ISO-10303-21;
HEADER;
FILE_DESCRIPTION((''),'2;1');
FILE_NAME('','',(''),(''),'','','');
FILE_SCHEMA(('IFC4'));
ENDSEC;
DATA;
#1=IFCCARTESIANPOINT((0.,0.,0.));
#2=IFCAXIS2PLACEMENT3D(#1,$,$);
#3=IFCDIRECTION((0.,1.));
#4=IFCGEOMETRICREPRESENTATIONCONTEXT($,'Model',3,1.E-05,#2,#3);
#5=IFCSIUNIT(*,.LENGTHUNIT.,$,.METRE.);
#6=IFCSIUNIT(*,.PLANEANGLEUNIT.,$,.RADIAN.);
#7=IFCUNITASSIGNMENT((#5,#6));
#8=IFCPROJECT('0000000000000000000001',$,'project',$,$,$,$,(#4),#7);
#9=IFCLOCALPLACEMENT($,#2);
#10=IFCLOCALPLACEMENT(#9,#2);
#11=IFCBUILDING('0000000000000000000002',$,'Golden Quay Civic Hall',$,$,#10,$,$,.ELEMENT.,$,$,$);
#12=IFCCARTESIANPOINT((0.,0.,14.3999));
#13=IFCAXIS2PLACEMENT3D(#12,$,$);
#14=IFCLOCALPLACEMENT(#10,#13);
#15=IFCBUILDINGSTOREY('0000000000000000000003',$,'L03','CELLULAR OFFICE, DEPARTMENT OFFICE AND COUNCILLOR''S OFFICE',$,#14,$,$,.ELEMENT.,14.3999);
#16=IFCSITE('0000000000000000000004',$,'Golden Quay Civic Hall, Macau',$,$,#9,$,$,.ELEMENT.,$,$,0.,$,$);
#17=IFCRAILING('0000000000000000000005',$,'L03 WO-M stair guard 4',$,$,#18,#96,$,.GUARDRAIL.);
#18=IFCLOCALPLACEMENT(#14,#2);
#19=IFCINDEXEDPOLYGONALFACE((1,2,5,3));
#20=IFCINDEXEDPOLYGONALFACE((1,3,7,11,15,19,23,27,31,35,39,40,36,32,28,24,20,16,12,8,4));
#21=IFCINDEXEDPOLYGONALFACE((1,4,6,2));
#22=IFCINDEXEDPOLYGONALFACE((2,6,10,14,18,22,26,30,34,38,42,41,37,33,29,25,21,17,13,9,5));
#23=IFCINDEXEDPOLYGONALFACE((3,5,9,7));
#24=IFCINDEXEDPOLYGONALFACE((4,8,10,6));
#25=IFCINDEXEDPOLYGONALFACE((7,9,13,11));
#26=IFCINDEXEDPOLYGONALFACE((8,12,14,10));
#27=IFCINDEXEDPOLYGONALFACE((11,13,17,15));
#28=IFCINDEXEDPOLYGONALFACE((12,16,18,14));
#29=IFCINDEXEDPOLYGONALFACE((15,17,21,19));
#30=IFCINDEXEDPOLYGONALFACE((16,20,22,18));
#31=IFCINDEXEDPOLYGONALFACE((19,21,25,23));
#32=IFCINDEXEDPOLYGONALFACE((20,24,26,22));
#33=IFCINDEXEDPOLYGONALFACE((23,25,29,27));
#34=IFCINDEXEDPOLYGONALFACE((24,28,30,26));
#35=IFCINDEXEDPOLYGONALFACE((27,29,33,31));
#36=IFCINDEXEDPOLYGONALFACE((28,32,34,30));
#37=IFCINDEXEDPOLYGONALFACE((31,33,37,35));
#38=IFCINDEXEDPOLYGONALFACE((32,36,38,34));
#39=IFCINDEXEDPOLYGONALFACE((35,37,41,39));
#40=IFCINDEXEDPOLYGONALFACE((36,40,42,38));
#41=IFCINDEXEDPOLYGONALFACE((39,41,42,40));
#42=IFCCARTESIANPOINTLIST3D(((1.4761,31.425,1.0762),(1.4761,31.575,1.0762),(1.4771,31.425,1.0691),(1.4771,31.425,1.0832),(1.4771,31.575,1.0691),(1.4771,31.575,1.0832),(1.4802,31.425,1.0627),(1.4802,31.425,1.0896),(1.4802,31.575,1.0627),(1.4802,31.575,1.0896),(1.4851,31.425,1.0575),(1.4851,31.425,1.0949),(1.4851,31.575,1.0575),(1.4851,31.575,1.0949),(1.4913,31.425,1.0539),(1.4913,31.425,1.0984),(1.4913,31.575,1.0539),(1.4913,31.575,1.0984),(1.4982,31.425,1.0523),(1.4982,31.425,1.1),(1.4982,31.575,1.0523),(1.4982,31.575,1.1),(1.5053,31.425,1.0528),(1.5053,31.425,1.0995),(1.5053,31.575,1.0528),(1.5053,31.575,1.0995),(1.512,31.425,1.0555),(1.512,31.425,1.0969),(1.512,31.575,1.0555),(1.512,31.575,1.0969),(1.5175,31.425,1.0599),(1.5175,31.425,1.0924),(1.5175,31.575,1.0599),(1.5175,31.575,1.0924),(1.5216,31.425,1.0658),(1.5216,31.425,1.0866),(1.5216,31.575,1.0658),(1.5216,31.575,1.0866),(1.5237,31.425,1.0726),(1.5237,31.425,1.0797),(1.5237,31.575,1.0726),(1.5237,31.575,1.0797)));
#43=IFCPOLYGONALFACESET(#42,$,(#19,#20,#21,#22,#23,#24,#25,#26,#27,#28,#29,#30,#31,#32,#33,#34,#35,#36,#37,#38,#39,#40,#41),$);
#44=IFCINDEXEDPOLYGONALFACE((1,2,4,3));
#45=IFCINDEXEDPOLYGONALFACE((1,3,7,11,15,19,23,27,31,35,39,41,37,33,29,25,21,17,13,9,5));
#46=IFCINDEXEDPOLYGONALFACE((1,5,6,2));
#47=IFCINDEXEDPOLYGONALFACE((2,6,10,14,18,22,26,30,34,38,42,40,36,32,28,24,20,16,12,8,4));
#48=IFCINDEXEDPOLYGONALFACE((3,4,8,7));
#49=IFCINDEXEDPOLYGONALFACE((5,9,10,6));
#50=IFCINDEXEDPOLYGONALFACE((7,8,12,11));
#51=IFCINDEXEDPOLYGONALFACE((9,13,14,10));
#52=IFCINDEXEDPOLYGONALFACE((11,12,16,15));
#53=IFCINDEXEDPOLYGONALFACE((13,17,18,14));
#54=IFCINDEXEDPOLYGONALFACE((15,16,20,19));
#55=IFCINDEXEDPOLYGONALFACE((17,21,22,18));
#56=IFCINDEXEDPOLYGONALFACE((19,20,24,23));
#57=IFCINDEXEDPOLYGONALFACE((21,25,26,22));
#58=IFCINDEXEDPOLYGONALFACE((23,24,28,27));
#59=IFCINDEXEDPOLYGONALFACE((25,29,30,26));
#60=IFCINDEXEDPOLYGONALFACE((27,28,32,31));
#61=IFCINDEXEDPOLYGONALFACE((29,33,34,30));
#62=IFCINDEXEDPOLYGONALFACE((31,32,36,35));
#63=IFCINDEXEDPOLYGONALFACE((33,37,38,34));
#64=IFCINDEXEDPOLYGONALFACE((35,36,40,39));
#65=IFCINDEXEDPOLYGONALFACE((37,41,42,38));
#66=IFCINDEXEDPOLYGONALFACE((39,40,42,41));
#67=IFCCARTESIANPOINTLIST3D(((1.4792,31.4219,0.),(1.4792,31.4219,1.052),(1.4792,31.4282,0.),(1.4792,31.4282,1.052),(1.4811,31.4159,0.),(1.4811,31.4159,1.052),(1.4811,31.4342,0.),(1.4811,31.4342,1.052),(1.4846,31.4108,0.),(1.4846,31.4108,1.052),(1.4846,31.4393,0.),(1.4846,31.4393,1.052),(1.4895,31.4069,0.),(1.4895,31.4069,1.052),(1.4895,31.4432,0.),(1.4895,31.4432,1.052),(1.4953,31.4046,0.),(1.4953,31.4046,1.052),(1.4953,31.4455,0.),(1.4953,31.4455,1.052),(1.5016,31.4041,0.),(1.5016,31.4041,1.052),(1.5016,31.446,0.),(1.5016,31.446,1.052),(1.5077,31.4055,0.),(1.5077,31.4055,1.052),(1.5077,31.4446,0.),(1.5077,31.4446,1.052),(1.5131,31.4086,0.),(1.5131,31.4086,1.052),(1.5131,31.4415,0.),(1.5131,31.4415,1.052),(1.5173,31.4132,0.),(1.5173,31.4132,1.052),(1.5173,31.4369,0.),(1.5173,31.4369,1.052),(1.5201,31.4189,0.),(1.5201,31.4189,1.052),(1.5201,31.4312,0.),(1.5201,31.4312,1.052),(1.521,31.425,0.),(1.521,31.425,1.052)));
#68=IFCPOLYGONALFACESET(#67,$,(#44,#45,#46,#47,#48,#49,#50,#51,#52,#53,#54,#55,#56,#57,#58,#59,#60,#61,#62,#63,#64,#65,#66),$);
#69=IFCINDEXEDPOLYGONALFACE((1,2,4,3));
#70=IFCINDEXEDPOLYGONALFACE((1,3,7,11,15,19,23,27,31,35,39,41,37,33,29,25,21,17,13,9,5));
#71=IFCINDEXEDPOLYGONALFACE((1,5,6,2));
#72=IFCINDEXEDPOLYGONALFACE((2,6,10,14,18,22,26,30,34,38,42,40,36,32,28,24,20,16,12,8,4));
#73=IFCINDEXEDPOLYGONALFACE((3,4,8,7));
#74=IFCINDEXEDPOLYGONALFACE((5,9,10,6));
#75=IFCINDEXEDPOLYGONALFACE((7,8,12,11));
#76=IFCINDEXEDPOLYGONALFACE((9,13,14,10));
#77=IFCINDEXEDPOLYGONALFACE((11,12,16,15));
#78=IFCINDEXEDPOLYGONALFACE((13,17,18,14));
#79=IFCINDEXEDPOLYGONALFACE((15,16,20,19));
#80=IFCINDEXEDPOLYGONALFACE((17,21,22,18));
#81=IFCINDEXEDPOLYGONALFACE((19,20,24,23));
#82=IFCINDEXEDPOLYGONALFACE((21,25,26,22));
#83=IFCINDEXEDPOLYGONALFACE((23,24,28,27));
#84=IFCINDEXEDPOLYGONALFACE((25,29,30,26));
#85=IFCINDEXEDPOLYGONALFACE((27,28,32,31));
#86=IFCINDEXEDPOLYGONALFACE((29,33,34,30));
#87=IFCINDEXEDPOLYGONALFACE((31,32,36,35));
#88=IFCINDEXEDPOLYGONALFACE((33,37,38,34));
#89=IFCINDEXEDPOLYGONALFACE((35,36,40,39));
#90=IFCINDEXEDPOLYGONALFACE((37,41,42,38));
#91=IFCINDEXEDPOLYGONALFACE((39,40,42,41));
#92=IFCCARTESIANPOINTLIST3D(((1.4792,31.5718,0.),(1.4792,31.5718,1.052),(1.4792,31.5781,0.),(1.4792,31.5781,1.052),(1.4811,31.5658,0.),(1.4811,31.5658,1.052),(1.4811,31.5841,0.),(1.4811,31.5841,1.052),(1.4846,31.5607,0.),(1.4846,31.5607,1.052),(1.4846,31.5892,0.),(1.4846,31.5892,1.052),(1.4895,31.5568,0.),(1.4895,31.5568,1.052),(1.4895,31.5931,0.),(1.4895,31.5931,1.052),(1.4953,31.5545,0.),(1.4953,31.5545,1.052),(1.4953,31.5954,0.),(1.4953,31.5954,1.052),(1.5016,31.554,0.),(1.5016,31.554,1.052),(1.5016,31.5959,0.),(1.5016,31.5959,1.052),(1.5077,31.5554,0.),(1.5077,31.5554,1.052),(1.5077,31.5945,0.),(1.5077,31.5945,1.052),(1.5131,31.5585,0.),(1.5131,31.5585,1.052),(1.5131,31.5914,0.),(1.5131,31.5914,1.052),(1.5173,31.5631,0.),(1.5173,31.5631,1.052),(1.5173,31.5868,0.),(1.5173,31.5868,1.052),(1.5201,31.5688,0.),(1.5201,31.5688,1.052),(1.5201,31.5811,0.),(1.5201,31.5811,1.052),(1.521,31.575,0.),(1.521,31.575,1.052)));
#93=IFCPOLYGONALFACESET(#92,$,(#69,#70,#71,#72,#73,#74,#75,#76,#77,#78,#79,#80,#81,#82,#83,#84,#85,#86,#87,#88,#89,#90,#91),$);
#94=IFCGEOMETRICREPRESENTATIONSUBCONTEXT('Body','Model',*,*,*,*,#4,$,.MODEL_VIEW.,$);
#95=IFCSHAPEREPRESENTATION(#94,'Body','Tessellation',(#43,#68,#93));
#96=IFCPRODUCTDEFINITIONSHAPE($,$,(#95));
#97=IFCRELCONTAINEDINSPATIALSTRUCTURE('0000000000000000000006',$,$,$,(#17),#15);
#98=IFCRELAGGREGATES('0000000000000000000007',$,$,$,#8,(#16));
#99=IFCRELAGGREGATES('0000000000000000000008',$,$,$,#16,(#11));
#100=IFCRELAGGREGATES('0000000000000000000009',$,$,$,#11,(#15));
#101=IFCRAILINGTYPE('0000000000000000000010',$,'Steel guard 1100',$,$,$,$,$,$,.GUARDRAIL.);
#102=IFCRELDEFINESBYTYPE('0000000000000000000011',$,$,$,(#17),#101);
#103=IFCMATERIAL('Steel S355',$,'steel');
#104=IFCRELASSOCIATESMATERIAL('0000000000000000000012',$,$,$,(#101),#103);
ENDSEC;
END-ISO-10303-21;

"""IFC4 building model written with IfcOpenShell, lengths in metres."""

from ifc_helpers import new_model, si_unit, direction, frame, origin, origin_2d, place, context, subcontext, project, spatial, circle, extrude, material, type_object, element, save


model = new_model("IFC4")

# Units and contexts
model_context = context("Model", 3, precision=1e-05, world=origin(), true_north=direction((0.0, 1.0)))
body_context = subcontext(model_context, "Body", "Model", "MODEL_VIEW")
ifc_project = project(units=[si_unit("LENGTHUNIT", "METRE"), si_unit("PLANEANGLEUNIT", "RADIAN")], contexts=[model_context])

# Site, building, storey
site_placement = place(None, origin())
site = spatial("IfcSite", under=ifc_project, at=site_placement, Name="Golden Quay Civic Hall, Macau", CompositionType="ELEMENT", RefElevation=0.0)
building_placement = place(site_placement, origin())
building = spatial("IfcBuilding", under=site, at=building_placement, Name="Golden Quay Civic Hall", CompositionType="ELEMENT")
storey_placement = place(building_placement, frame((0.0, 0.0, 14.3999)))
storey = spatial("IfcBuildingStorey", under=building, at=storey_placement, Name="L03", Description="CELLULAR OFFICE, DEPARTMENT OFFICE AND COUNCILLOR'S OFFICE", CompositionType="ELEMENT", Elevation=14.3999)

# Railing
ifc_material_1 = material(Name="Steel S355", Category="steel")
railing_type_1 = type_object("IfcRailingType", Name="Steel guard 1100", PredefinedType="GUARDRAIL", material=ifc_material_1)
railing_1_placement = place(storey_placement, frame((1.5, 31.425, 0.0)))
element("IfcRailing", 1, at=railing_1_placement, inside=storey, type_object=railing_type_1, Name="L03 WO-M stair guard 4", PredefinedType="GUARDRAIL", context=body_context, shape_type="SweptSolid", body=[
    extrude(circle(Radius=0.0239, at=origin_2d()), frame((0.0, 0.0, 1.0762), z_axis=(0.0, 1.0, 0.0), x_axis=(-1.0, 0.0, 0.0)), (0.0, 0.0, 1.0), 0.1499),
    extrude(circle(Radius=0.021, at=origin_2d()), origin(), (0.0, 0.0, 1.0), 1.052),
    extrude(circle(Radius=0.021, at=origin_2d()), frame((0.0, 0.1499, 0.0)), (0.0, 0.0, 1.0), 1.052),
])

save(model, "model.ifc")
